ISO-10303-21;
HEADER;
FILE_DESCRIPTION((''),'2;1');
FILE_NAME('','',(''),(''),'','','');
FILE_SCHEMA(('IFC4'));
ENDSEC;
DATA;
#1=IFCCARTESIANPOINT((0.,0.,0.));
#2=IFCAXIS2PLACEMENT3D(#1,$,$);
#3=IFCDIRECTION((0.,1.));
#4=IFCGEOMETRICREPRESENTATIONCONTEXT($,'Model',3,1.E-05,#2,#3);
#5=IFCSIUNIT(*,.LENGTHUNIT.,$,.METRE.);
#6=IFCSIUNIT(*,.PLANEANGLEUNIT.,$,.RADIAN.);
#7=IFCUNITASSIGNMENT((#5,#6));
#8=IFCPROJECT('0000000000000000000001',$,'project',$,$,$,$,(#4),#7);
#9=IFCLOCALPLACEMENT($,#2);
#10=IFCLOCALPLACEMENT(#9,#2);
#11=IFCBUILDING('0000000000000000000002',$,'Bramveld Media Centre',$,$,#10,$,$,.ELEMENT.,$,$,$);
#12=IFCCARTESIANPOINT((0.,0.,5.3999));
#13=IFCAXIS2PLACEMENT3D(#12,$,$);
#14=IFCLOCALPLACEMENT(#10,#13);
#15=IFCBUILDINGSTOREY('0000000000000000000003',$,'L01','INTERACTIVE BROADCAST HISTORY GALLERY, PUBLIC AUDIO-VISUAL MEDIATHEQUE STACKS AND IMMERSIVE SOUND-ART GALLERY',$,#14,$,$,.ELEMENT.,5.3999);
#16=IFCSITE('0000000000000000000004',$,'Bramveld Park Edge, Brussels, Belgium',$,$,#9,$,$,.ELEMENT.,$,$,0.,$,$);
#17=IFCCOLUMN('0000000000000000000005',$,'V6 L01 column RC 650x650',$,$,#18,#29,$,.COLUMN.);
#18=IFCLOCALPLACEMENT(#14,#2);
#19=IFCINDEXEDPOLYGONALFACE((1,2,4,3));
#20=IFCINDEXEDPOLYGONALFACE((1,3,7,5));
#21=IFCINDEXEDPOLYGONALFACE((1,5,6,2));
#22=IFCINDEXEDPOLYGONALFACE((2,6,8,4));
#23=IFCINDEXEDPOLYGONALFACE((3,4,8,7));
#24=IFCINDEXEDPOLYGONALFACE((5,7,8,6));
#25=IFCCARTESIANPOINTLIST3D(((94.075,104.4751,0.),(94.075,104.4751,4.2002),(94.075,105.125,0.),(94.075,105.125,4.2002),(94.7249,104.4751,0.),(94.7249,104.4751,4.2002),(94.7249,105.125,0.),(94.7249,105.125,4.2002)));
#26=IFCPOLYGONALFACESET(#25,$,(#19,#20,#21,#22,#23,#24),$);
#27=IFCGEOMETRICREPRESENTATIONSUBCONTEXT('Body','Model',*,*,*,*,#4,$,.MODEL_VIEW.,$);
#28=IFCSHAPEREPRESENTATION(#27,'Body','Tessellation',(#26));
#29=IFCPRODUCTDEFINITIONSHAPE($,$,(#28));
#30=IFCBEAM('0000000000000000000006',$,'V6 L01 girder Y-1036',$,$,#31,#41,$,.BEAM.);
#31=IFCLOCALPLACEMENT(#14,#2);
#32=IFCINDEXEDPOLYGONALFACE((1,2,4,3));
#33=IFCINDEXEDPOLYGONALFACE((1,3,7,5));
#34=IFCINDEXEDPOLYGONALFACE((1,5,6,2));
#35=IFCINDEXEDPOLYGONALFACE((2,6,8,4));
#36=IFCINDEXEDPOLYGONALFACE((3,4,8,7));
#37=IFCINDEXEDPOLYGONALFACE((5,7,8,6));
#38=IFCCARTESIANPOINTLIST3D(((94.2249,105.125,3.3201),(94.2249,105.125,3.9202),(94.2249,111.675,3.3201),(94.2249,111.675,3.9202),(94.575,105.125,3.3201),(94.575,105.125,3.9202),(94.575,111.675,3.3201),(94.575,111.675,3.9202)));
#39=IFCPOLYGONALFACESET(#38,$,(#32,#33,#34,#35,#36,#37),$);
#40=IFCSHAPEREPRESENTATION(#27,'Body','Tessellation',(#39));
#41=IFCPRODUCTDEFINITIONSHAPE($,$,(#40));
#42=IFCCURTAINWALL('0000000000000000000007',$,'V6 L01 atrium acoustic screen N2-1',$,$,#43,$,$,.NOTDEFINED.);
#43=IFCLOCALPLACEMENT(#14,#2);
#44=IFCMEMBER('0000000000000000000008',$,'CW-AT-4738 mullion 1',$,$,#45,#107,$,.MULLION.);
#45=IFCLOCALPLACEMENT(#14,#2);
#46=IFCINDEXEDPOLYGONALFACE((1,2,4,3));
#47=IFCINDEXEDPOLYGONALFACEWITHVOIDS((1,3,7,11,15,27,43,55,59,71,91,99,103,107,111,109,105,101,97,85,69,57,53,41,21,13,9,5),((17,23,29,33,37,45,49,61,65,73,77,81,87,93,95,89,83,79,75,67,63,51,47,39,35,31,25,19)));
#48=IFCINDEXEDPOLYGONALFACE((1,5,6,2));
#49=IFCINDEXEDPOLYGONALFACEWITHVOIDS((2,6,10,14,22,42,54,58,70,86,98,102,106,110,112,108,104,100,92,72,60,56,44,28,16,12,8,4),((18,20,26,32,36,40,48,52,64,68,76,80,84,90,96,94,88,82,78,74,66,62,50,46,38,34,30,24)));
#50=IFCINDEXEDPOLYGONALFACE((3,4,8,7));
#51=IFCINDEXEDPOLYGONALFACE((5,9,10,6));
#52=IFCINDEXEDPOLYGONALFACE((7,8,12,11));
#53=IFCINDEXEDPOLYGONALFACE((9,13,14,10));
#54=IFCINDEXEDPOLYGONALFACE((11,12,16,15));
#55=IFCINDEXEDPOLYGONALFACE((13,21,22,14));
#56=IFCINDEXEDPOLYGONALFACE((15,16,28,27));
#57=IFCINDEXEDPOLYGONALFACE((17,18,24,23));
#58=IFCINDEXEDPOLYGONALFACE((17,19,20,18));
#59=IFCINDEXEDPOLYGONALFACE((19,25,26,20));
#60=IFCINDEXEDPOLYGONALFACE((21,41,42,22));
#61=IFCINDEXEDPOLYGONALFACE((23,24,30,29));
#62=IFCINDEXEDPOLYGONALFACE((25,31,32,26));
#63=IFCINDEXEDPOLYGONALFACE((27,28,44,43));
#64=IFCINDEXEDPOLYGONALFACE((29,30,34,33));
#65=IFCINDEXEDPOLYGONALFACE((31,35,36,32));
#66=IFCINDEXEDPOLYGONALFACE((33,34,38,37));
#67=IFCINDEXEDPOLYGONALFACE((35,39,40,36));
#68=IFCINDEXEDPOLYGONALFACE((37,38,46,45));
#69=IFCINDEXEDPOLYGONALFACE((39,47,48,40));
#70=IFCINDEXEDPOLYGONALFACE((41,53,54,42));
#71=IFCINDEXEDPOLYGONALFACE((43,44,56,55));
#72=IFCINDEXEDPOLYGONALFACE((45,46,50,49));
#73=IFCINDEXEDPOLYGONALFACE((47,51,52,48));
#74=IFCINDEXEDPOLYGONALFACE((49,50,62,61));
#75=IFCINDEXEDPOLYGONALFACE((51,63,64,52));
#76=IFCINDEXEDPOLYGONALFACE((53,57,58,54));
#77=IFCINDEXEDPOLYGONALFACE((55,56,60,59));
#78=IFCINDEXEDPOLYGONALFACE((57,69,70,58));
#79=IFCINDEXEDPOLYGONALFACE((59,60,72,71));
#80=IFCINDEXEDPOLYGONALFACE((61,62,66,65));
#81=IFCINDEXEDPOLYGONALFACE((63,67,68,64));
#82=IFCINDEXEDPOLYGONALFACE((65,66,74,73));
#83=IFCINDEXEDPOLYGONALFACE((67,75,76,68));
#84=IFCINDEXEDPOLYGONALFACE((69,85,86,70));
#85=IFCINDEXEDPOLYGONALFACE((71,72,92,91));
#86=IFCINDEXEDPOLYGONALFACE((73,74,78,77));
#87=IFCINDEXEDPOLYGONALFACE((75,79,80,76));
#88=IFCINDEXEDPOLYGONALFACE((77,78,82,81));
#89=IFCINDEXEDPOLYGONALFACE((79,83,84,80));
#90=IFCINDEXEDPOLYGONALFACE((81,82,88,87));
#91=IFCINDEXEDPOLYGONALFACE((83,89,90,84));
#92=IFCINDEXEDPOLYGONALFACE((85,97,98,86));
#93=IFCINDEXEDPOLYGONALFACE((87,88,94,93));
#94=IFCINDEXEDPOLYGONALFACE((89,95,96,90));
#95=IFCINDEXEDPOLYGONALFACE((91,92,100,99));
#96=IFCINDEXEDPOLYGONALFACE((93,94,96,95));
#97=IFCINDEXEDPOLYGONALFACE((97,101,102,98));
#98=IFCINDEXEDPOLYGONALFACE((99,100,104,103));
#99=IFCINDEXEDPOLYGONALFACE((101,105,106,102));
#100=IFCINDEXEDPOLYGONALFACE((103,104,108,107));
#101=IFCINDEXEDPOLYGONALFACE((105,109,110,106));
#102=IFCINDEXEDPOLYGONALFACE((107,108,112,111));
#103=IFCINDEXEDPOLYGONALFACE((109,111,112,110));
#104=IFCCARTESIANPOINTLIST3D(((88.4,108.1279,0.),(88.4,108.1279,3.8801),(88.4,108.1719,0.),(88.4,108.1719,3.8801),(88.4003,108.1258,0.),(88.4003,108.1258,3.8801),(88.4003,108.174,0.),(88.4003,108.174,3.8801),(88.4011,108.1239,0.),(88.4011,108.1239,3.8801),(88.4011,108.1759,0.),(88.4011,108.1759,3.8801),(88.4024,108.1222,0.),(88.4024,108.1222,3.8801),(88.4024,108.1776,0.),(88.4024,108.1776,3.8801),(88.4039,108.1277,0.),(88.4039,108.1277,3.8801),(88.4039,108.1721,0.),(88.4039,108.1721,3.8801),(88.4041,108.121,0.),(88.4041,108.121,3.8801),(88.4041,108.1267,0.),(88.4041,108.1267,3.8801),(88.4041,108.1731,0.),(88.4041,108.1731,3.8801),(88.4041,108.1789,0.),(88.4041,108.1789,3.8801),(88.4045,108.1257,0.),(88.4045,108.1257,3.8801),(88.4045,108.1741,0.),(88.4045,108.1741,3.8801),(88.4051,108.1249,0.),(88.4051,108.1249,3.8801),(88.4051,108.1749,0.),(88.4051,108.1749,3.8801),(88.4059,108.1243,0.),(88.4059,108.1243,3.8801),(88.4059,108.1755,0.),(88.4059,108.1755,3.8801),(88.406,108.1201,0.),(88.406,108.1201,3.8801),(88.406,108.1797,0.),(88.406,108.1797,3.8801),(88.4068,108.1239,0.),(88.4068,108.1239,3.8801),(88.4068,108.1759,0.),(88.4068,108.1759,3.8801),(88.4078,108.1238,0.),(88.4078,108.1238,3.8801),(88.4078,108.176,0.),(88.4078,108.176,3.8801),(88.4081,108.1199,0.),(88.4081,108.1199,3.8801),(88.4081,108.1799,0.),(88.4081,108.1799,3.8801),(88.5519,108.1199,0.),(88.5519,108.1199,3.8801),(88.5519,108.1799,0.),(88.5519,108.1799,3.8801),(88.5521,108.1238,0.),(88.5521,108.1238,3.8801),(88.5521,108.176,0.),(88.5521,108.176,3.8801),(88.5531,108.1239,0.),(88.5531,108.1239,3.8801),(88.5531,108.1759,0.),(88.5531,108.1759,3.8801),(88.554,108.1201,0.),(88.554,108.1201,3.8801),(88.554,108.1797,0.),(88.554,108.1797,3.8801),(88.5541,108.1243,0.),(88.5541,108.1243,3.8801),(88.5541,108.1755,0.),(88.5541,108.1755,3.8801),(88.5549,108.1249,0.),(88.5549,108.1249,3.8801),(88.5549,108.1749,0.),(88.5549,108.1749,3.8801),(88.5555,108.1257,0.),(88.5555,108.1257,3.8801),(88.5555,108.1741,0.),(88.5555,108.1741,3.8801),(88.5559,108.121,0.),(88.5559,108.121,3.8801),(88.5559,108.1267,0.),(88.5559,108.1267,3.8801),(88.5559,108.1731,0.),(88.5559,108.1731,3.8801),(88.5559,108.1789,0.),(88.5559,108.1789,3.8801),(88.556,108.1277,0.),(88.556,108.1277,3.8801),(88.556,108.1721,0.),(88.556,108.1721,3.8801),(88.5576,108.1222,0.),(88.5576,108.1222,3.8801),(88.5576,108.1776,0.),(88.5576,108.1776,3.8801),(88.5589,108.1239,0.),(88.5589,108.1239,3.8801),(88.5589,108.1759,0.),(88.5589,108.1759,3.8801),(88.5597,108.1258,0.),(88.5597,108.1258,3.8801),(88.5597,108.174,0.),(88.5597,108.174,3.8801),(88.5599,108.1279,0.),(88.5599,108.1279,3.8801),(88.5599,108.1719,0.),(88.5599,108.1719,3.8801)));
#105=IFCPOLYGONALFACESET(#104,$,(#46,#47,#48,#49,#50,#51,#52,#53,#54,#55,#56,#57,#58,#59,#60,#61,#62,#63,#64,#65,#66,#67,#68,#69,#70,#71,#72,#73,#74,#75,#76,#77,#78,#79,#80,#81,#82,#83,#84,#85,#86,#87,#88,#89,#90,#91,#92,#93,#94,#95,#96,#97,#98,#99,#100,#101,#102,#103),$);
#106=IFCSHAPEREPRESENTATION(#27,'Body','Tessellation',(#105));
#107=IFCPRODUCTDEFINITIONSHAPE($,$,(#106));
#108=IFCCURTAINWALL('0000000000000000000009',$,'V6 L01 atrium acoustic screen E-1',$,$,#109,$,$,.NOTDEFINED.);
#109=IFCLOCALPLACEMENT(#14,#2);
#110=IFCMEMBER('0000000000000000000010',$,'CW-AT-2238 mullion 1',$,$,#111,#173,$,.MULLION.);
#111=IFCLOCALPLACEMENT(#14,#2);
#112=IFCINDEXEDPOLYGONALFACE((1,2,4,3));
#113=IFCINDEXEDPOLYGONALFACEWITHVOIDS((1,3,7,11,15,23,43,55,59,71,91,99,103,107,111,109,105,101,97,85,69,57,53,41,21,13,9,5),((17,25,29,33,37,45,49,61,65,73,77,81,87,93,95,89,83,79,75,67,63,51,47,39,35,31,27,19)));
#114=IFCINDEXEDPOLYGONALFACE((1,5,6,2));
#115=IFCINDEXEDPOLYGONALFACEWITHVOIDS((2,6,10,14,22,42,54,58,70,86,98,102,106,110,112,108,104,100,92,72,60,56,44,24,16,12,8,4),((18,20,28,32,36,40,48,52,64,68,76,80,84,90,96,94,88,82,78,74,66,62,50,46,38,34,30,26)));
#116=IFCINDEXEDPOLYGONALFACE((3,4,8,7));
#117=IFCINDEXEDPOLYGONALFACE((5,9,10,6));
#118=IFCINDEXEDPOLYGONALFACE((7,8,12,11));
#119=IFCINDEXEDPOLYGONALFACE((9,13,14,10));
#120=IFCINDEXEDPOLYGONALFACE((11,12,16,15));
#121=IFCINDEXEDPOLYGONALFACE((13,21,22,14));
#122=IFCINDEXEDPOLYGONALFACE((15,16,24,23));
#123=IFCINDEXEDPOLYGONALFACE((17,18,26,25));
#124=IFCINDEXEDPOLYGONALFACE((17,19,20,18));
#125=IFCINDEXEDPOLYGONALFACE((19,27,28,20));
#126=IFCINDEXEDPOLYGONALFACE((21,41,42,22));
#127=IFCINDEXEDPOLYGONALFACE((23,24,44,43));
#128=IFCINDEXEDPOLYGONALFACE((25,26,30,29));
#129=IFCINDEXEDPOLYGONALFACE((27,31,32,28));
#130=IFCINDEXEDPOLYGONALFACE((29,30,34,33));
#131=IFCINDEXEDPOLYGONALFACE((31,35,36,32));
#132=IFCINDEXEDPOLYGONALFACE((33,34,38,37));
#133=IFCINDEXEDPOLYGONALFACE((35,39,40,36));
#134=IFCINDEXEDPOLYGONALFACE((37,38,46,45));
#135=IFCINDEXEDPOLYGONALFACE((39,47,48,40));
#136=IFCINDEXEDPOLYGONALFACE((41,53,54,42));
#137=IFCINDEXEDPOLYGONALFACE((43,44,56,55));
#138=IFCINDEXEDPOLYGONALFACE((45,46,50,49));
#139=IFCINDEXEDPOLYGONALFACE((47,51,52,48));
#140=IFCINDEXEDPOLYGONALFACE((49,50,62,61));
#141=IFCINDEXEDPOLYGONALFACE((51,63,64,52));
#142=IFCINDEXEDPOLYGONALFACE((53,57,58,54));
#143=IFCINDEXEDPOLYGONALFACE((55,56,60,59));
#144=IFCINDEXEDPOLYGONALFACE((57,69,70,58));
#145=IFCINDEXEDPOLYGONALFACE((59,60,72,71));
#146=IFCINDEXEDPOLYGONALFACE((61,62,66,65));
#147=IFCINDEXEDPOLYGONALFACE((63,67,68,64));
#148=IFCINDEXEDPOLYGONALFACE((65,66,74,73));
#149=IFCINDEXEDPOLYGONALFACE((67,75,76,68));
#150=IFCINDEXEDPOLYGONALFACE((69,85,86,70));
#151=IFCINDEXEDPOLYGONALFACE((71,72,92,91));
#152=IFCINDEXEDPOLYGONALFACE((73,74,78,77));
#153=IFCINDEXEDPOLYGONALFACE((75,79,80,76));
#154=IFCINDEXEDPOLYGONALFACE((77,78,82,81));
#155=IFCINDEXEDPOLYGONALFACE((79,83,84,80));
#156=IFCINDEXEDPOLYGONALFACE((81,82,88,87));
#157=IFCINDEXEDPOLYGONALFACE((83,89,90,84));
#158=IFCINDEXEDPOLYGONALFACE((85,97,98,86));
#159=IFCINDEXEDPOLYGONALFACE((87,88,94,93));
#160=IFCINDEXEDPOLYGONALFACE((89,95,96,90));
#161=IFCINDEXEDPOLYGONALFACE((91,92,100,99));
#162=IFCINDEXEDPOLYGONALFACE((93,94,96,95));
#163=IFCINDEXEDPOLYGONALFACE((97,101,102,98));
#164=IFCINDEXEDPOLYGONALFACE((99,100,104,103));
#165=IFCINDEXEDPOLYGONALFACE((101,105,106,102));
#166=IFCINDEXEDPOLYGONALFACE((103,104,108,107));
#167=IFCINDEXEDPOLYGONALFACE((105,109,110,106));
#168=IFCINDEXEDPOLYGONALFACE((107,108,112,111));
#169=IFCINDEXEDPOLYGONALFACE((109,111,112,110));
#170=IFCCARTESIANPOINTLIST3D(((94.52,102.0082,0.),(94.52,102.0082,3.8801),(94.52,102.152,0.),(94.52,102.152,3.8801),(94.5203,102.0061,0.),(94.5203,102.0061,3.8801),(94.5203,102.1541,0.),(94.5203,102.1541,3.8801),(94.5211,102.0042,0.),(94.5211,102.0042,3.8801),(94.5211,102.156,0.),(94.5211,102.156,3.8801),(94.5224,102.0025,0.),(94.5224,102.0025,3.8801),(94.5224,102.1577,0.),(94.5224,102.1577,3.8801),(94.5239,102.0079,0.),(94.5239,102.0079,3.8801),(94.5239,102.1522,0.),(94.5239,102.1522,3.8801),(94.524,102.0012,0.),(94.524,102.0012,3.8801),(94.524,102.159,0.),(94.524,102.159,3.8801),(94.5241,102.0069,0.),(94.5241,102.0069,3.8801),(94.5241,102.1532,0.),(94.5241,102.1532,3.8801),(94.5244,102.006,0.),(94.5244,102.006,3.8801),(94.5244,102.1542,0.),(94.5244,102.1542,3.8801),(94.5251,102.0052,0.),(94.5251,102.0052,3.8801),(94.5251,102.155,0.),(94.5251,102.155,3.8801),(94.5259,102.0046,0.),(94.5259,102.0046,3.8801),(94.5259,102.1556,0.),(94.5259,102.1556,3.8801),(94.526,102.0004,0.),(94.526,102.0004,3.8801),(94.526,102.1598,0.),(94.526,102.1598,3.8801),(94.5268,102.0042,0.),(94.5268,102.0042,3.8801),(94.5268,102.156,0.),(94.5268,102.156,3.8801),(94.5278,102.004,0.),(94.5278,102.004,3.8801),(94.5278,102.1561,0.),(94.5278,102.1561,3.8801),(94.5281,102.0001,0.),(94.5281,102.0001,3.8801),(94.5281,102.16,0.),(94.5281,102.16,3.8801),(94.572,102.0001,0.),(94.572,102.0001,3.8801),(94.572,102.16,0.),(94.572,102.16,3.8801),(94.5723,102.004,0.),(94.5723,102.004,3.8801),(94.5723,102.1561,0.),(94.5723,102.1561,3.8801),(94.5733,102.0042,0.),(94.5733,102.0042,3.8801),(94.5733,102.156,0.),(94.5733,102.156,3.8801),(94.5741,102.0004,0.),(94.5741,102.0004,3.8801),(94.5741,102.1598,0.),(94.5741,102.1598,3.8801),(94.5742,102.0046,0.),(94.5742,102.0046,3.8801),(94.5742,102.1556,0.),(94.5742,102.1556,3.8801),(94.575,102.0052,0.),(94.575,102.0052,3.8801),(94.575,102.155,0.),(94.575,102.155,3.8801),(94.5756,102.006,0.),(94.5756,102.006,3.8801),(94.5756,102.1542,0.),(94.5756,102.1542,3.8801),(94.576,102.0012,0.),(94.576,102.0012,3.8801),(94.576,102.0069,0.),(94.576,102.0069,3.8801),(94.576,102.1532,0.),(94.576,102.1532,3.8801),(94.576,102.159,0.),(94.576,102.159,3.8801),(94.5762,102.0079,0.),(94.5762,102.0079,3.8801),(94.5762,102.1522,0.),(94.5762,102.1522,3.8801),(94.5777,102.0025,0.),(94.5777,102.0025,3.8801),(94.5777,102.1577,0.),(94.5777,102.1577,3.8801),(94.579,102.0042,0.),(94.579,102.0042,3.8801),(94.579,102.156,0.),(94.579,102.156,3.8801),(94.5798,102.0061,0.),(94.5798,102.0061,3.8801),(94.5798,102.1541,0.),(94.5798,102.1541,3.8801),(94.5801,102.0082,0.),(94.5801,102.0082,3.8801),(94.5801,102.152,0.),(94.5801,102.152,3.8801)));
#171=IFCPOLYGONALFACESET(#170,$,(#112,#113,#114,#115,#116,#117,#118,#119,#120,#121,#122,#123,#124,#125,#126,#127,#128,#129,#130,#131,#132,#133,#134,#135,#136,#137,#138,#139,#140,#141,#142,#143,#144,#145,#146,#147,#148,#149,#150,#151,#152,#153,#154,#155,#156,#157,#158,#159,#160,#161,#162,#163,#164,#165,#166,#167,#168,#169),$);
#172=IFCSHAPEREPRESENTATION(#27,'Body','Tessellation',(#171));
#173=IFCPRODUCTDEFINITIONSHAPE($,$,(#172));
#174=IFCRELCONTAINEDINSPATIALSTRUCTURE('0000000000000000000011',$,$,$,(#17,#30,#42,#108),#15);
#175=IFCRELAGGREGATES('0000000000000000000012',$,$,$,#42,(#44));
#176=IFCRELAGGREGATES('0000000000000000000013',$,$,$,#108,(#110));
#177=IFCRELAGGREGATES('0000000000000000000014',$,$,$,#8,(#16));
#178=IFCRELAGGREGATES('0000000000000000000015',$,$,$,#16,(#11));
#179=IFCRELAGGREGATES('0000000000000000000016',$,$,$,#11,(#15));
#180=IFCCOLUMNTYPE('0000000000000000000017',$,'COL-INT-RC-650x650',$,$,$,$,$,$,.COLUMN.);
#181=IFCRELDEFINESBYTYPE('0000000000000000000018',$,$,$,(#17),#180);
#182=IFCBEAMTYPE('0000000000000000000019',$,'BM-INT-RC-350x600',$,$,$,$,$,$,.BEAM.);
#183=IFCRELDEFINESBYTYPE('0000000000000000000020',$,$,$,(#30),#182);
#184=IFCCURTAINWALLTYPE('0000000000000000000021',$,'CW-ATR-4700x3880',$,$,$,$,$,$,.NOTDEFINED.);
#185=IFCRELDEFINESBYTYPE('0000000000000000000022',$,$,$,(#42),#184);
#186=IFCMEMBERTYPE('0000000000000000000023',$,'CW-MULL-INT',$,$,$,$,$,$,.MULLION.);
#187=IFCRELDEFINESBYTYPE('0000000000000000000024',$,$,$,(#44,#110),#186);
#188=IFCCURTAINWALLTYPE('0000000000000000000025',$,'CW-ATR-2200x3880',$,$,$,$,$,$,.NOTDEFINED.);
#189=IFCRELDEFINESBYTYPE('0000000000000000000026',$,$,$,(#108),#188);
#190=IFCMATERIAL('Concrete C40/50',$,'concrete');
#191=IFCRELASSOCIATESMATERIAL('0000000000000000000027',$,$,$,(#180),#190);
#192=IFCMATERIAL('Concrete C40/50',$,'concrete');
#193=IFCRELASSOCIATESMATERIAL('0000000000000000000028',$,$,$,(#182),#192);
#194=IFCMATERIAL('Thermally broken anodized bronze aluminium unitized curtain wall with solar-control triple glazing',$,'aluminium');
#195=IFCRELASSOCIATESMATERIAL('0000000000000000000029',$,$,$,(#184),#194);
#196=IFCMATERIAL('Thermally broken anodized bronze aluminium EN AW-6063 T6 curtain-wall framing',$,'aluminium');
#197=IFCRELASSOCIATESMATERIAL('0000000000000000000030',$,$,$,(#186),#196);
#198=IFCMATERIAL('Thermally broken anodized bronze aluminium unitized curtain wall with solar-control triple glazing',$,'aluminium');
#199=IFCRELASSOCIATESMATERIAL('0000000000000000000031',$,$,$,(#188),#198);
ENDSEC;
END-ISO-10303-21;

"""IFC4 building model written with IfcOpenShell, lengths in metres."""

from ifc_helpers import new_model, si_unit, direction, frame, origin, origin_2d, place, context, subcontext, project, spatial, rectangle, hollow_rectangle, extrude, material, material_profile, profile_set, type_object, element, aggregate, save


model = new_model("IFC4")

# Units and contexts
model_context = context("Model", 3, precision=1e-05, world=origin(), true_north=direction((0.0, 1.0)))
body_context = subcontext(model_context, "Body", "Model", "MODEL_VIEW")
ifc_project = project(units=[si_unit("LENGTHUNIT", "METRE"), si_unit("PLANEANGLEUNIT", "RADIAN")], contexts=[model_context])

# Site, building, storey
site_placement = place(None, origin())
site = spatial("IfcSite", under=ifc_project, at=site_placement, Name="Bramveld Park Edge, Brussels, Belgium", CompositionType="ELEMENT", RefElevation=0.0)
building_placement = place(site_placement, origin())
building = spatial("IfcBuilding", under=site, at=building_placement, Name="Bramveld Media Centre", CompositionType="ELEMENT")
storey_placement = place(building_placement, frame((0.0, 0.0, 5.3999)))
storey = spatial("IfcBuildingStorey", under=building, at=storey_placement, Name="L01", Description="INTERACTIVE BROADCAST HISTORY GALLERY, PUBLIC AUDIO-VISUAL MEDIATHEQUE STACKS AND IMMERSIVE SOUND-ART GALLERY", CompositionType="ELEMENT", Elevation=5.3999)

# Column
ifc_material_1 = material(Name="Concrete C40/50", Category="concrete")
ifc_material_profile_1 = material_profile(ifc_material_1, rectangle(XDim=0.6499, YDim=0.6499, at=origin_2d()), Name="RC 650x650")
ifc_profile_set_1 = profile_set([ifc_material_profile_1], Name="Concrete C40/50")
column_type = type_object("IfcColumnType", Name="COL-INT-RC-650x650", PredefinedType="COLUMN", material=ifc_profile_set_1)
column_placement = place(storey_placement, frame((94.3999, 104.8, 0.0), z_axis=(0.0, 0.0, 1.0), x_axis=(1.0, 0.0, 0.0)))
element("IfcColumn", 1, at=column_placement, inside=storey, type_object=column_type, Name="V6 L01 column RC 650x650", PredefinedType="COLUMN", context=body_context, shape_type="SweptSolid", body=[
    extrude(rectangle(XDim=0.6499, YDim=0.6499, at=origin_2d()), origin(), (0.0, 0.0, 1.0), 4.2002),
])

# Beam
ifc_material_2 = material(Name="Concrete C40/50", Category="concrete")
ifc_material_profile_2 = material_profile(ifc_material_2, rectangle(XDim=0.3501, YDim=0.6001, at=origin_2d()), Name="RC 350x600")
ifc_profile_set_2 = profile_set([ifc_material_profile_2], Name="Concrete C40/50")
beam_type = type_object("IfcBeamType", Name="BM-INT-RC-350x600", PredefinedType="BEAM", material=ifc_profile_set_2)
beam_placement = place(storey_placement, frame((94.3999, 105.125, 3.6201), z_axis=(0.0, 1.0, 0.0), x_axis=(-1.0, 0.0, 0.0)))
element("IfcBeam", 2, at=beam_placement, inside=storey, type_object=beam_type, Name="V6 L01 girder Y-1036", PredefinedType="BEAM", context=body_context, shape_type="SweptSolid", body=[
    extrude(rectangle(XDim=0.3501, YDim=0.6001, at=origin_2d()), origin(), (0.0, 0.0, 1.0), 6.55),
])

# Curtain wall, member
ifc_material_3 = material(Name="Thermally broken anodized bronze aluminium unitized curtain wall with solar-control triple glazing", Category="aluminium")
curtain_wall_type_1 = type_object("IfcCurtainWallType", Name="CW-ATR-4700x3880", PredefinedType="NOTDEFINED", material=ifc_material_3)
curtain_wall_1_placement = place(storey_placement, origin())
curtain_wall_1 = element("IfcCurtainWall", 3, at=curtain_wall_1_placement, inside=storey, type_object=curtain_wall_type_1, Name="V6 L01 atrium acoustic screen N2-1", PredefinedType="NOTDEFINED")
ifc_material_4 = material(Name="Thermally broken anodized bronze aluminium EN AW-6063 T6 curtain-wall framing", Category="aluminium")
ifc_material_profile_3 = material_profile(ifc_material_4, hollow_rectangle(XDim=0.0601, YDim=0.1599, WallThickness=0.0039, InnerFilletRadius=0.0039, OuterFilletRadius=0.0081, at=origin_2d()), Name="AL-MULL 60x160")
ifc_profile_set_3 = profile_set([ifc_material_profile_3], Name="Thermally broken anodized bronze aluminium EN AW-6063 T6 curtain-wall framing")
member_type_1 = type_object("IfcMemberType", Name="CW-MULL-INT", PredefinedType="MULLION", material=ifc_profile_set_3)
member_1_placement = place(storey_placement, frame((88.48, 108.1499, 0.0), z_axis=(0.0, 0.0, 1.0), x_axis=(0.0, 1.0, 0.0)))
member_1 = element("IfcMember", 4, at=member_1_placement, type_object=member_type_1, Name="CW-AT-4738 mullion 1", PredefinedType="MULLION", context=body_context, shape_type="SweptSolid", body=[
    extrude(hollow_rectangle(XDim=0.0601, YDim=0.1599, WallThickness=0.0039, InnerFilletRadius=0.0039, OuterFilletRadius=0.0081, at=origin_2d()), origin(), (0.0, 0.0, 1.0), 3.8801),
])

# Curtain wall, member
ifc_material_5 = material(Name="Thermally broken anodized bronze aluminium unitized curtain wall with solar-control triple glazing", Category="aluminium")
curtain_wall_type_2 = type_object("IfcCurtainWallType", Name="CW-ATR-2200x3880", PredefinedType="NOTDEFINED", material=ifc_material_5)
curtain_wall_2_placement = place(storey_placement, origin())
curtain_wall_2 = element("IfcCurtainWall", 5, at=curtain_wall_2_placement, inside=storey, type_object=curtain_wall_type_2, Name="V6 L01 atrium acoustic screen E-1", PredefinedType="NOTDEFINED")
member_2_placement = place(storey_placement, frame((94.55, 102.0801, 0.0), z_axis=(0.0, 0.0, 1.0), x_axis=(-1.0, 0.0, 0.0)))
member_2 = element("IfcMember", 6, at=member_2_placement, type_object=member_type_1, Name="CW-AT-2238 mullion 1", PredefinedType="MULLION", context=body_context, shape_type="SweptSolid", body=[
    extrude(hollow_rectangle(XDim=0.0601, YDim=0.1599, WallThickness=0.0039, InnerFilletRadius=0.0039, OuterFilletRadius=0.0081, at=origin_2d()), origin(), (0.0, 0.0, 1.0), 3.8801),
])

aggregate(curtain_wall_1, [member_1])

aggregate(curtain_wall_2, [member_2])

save(model, "model.ifc")
